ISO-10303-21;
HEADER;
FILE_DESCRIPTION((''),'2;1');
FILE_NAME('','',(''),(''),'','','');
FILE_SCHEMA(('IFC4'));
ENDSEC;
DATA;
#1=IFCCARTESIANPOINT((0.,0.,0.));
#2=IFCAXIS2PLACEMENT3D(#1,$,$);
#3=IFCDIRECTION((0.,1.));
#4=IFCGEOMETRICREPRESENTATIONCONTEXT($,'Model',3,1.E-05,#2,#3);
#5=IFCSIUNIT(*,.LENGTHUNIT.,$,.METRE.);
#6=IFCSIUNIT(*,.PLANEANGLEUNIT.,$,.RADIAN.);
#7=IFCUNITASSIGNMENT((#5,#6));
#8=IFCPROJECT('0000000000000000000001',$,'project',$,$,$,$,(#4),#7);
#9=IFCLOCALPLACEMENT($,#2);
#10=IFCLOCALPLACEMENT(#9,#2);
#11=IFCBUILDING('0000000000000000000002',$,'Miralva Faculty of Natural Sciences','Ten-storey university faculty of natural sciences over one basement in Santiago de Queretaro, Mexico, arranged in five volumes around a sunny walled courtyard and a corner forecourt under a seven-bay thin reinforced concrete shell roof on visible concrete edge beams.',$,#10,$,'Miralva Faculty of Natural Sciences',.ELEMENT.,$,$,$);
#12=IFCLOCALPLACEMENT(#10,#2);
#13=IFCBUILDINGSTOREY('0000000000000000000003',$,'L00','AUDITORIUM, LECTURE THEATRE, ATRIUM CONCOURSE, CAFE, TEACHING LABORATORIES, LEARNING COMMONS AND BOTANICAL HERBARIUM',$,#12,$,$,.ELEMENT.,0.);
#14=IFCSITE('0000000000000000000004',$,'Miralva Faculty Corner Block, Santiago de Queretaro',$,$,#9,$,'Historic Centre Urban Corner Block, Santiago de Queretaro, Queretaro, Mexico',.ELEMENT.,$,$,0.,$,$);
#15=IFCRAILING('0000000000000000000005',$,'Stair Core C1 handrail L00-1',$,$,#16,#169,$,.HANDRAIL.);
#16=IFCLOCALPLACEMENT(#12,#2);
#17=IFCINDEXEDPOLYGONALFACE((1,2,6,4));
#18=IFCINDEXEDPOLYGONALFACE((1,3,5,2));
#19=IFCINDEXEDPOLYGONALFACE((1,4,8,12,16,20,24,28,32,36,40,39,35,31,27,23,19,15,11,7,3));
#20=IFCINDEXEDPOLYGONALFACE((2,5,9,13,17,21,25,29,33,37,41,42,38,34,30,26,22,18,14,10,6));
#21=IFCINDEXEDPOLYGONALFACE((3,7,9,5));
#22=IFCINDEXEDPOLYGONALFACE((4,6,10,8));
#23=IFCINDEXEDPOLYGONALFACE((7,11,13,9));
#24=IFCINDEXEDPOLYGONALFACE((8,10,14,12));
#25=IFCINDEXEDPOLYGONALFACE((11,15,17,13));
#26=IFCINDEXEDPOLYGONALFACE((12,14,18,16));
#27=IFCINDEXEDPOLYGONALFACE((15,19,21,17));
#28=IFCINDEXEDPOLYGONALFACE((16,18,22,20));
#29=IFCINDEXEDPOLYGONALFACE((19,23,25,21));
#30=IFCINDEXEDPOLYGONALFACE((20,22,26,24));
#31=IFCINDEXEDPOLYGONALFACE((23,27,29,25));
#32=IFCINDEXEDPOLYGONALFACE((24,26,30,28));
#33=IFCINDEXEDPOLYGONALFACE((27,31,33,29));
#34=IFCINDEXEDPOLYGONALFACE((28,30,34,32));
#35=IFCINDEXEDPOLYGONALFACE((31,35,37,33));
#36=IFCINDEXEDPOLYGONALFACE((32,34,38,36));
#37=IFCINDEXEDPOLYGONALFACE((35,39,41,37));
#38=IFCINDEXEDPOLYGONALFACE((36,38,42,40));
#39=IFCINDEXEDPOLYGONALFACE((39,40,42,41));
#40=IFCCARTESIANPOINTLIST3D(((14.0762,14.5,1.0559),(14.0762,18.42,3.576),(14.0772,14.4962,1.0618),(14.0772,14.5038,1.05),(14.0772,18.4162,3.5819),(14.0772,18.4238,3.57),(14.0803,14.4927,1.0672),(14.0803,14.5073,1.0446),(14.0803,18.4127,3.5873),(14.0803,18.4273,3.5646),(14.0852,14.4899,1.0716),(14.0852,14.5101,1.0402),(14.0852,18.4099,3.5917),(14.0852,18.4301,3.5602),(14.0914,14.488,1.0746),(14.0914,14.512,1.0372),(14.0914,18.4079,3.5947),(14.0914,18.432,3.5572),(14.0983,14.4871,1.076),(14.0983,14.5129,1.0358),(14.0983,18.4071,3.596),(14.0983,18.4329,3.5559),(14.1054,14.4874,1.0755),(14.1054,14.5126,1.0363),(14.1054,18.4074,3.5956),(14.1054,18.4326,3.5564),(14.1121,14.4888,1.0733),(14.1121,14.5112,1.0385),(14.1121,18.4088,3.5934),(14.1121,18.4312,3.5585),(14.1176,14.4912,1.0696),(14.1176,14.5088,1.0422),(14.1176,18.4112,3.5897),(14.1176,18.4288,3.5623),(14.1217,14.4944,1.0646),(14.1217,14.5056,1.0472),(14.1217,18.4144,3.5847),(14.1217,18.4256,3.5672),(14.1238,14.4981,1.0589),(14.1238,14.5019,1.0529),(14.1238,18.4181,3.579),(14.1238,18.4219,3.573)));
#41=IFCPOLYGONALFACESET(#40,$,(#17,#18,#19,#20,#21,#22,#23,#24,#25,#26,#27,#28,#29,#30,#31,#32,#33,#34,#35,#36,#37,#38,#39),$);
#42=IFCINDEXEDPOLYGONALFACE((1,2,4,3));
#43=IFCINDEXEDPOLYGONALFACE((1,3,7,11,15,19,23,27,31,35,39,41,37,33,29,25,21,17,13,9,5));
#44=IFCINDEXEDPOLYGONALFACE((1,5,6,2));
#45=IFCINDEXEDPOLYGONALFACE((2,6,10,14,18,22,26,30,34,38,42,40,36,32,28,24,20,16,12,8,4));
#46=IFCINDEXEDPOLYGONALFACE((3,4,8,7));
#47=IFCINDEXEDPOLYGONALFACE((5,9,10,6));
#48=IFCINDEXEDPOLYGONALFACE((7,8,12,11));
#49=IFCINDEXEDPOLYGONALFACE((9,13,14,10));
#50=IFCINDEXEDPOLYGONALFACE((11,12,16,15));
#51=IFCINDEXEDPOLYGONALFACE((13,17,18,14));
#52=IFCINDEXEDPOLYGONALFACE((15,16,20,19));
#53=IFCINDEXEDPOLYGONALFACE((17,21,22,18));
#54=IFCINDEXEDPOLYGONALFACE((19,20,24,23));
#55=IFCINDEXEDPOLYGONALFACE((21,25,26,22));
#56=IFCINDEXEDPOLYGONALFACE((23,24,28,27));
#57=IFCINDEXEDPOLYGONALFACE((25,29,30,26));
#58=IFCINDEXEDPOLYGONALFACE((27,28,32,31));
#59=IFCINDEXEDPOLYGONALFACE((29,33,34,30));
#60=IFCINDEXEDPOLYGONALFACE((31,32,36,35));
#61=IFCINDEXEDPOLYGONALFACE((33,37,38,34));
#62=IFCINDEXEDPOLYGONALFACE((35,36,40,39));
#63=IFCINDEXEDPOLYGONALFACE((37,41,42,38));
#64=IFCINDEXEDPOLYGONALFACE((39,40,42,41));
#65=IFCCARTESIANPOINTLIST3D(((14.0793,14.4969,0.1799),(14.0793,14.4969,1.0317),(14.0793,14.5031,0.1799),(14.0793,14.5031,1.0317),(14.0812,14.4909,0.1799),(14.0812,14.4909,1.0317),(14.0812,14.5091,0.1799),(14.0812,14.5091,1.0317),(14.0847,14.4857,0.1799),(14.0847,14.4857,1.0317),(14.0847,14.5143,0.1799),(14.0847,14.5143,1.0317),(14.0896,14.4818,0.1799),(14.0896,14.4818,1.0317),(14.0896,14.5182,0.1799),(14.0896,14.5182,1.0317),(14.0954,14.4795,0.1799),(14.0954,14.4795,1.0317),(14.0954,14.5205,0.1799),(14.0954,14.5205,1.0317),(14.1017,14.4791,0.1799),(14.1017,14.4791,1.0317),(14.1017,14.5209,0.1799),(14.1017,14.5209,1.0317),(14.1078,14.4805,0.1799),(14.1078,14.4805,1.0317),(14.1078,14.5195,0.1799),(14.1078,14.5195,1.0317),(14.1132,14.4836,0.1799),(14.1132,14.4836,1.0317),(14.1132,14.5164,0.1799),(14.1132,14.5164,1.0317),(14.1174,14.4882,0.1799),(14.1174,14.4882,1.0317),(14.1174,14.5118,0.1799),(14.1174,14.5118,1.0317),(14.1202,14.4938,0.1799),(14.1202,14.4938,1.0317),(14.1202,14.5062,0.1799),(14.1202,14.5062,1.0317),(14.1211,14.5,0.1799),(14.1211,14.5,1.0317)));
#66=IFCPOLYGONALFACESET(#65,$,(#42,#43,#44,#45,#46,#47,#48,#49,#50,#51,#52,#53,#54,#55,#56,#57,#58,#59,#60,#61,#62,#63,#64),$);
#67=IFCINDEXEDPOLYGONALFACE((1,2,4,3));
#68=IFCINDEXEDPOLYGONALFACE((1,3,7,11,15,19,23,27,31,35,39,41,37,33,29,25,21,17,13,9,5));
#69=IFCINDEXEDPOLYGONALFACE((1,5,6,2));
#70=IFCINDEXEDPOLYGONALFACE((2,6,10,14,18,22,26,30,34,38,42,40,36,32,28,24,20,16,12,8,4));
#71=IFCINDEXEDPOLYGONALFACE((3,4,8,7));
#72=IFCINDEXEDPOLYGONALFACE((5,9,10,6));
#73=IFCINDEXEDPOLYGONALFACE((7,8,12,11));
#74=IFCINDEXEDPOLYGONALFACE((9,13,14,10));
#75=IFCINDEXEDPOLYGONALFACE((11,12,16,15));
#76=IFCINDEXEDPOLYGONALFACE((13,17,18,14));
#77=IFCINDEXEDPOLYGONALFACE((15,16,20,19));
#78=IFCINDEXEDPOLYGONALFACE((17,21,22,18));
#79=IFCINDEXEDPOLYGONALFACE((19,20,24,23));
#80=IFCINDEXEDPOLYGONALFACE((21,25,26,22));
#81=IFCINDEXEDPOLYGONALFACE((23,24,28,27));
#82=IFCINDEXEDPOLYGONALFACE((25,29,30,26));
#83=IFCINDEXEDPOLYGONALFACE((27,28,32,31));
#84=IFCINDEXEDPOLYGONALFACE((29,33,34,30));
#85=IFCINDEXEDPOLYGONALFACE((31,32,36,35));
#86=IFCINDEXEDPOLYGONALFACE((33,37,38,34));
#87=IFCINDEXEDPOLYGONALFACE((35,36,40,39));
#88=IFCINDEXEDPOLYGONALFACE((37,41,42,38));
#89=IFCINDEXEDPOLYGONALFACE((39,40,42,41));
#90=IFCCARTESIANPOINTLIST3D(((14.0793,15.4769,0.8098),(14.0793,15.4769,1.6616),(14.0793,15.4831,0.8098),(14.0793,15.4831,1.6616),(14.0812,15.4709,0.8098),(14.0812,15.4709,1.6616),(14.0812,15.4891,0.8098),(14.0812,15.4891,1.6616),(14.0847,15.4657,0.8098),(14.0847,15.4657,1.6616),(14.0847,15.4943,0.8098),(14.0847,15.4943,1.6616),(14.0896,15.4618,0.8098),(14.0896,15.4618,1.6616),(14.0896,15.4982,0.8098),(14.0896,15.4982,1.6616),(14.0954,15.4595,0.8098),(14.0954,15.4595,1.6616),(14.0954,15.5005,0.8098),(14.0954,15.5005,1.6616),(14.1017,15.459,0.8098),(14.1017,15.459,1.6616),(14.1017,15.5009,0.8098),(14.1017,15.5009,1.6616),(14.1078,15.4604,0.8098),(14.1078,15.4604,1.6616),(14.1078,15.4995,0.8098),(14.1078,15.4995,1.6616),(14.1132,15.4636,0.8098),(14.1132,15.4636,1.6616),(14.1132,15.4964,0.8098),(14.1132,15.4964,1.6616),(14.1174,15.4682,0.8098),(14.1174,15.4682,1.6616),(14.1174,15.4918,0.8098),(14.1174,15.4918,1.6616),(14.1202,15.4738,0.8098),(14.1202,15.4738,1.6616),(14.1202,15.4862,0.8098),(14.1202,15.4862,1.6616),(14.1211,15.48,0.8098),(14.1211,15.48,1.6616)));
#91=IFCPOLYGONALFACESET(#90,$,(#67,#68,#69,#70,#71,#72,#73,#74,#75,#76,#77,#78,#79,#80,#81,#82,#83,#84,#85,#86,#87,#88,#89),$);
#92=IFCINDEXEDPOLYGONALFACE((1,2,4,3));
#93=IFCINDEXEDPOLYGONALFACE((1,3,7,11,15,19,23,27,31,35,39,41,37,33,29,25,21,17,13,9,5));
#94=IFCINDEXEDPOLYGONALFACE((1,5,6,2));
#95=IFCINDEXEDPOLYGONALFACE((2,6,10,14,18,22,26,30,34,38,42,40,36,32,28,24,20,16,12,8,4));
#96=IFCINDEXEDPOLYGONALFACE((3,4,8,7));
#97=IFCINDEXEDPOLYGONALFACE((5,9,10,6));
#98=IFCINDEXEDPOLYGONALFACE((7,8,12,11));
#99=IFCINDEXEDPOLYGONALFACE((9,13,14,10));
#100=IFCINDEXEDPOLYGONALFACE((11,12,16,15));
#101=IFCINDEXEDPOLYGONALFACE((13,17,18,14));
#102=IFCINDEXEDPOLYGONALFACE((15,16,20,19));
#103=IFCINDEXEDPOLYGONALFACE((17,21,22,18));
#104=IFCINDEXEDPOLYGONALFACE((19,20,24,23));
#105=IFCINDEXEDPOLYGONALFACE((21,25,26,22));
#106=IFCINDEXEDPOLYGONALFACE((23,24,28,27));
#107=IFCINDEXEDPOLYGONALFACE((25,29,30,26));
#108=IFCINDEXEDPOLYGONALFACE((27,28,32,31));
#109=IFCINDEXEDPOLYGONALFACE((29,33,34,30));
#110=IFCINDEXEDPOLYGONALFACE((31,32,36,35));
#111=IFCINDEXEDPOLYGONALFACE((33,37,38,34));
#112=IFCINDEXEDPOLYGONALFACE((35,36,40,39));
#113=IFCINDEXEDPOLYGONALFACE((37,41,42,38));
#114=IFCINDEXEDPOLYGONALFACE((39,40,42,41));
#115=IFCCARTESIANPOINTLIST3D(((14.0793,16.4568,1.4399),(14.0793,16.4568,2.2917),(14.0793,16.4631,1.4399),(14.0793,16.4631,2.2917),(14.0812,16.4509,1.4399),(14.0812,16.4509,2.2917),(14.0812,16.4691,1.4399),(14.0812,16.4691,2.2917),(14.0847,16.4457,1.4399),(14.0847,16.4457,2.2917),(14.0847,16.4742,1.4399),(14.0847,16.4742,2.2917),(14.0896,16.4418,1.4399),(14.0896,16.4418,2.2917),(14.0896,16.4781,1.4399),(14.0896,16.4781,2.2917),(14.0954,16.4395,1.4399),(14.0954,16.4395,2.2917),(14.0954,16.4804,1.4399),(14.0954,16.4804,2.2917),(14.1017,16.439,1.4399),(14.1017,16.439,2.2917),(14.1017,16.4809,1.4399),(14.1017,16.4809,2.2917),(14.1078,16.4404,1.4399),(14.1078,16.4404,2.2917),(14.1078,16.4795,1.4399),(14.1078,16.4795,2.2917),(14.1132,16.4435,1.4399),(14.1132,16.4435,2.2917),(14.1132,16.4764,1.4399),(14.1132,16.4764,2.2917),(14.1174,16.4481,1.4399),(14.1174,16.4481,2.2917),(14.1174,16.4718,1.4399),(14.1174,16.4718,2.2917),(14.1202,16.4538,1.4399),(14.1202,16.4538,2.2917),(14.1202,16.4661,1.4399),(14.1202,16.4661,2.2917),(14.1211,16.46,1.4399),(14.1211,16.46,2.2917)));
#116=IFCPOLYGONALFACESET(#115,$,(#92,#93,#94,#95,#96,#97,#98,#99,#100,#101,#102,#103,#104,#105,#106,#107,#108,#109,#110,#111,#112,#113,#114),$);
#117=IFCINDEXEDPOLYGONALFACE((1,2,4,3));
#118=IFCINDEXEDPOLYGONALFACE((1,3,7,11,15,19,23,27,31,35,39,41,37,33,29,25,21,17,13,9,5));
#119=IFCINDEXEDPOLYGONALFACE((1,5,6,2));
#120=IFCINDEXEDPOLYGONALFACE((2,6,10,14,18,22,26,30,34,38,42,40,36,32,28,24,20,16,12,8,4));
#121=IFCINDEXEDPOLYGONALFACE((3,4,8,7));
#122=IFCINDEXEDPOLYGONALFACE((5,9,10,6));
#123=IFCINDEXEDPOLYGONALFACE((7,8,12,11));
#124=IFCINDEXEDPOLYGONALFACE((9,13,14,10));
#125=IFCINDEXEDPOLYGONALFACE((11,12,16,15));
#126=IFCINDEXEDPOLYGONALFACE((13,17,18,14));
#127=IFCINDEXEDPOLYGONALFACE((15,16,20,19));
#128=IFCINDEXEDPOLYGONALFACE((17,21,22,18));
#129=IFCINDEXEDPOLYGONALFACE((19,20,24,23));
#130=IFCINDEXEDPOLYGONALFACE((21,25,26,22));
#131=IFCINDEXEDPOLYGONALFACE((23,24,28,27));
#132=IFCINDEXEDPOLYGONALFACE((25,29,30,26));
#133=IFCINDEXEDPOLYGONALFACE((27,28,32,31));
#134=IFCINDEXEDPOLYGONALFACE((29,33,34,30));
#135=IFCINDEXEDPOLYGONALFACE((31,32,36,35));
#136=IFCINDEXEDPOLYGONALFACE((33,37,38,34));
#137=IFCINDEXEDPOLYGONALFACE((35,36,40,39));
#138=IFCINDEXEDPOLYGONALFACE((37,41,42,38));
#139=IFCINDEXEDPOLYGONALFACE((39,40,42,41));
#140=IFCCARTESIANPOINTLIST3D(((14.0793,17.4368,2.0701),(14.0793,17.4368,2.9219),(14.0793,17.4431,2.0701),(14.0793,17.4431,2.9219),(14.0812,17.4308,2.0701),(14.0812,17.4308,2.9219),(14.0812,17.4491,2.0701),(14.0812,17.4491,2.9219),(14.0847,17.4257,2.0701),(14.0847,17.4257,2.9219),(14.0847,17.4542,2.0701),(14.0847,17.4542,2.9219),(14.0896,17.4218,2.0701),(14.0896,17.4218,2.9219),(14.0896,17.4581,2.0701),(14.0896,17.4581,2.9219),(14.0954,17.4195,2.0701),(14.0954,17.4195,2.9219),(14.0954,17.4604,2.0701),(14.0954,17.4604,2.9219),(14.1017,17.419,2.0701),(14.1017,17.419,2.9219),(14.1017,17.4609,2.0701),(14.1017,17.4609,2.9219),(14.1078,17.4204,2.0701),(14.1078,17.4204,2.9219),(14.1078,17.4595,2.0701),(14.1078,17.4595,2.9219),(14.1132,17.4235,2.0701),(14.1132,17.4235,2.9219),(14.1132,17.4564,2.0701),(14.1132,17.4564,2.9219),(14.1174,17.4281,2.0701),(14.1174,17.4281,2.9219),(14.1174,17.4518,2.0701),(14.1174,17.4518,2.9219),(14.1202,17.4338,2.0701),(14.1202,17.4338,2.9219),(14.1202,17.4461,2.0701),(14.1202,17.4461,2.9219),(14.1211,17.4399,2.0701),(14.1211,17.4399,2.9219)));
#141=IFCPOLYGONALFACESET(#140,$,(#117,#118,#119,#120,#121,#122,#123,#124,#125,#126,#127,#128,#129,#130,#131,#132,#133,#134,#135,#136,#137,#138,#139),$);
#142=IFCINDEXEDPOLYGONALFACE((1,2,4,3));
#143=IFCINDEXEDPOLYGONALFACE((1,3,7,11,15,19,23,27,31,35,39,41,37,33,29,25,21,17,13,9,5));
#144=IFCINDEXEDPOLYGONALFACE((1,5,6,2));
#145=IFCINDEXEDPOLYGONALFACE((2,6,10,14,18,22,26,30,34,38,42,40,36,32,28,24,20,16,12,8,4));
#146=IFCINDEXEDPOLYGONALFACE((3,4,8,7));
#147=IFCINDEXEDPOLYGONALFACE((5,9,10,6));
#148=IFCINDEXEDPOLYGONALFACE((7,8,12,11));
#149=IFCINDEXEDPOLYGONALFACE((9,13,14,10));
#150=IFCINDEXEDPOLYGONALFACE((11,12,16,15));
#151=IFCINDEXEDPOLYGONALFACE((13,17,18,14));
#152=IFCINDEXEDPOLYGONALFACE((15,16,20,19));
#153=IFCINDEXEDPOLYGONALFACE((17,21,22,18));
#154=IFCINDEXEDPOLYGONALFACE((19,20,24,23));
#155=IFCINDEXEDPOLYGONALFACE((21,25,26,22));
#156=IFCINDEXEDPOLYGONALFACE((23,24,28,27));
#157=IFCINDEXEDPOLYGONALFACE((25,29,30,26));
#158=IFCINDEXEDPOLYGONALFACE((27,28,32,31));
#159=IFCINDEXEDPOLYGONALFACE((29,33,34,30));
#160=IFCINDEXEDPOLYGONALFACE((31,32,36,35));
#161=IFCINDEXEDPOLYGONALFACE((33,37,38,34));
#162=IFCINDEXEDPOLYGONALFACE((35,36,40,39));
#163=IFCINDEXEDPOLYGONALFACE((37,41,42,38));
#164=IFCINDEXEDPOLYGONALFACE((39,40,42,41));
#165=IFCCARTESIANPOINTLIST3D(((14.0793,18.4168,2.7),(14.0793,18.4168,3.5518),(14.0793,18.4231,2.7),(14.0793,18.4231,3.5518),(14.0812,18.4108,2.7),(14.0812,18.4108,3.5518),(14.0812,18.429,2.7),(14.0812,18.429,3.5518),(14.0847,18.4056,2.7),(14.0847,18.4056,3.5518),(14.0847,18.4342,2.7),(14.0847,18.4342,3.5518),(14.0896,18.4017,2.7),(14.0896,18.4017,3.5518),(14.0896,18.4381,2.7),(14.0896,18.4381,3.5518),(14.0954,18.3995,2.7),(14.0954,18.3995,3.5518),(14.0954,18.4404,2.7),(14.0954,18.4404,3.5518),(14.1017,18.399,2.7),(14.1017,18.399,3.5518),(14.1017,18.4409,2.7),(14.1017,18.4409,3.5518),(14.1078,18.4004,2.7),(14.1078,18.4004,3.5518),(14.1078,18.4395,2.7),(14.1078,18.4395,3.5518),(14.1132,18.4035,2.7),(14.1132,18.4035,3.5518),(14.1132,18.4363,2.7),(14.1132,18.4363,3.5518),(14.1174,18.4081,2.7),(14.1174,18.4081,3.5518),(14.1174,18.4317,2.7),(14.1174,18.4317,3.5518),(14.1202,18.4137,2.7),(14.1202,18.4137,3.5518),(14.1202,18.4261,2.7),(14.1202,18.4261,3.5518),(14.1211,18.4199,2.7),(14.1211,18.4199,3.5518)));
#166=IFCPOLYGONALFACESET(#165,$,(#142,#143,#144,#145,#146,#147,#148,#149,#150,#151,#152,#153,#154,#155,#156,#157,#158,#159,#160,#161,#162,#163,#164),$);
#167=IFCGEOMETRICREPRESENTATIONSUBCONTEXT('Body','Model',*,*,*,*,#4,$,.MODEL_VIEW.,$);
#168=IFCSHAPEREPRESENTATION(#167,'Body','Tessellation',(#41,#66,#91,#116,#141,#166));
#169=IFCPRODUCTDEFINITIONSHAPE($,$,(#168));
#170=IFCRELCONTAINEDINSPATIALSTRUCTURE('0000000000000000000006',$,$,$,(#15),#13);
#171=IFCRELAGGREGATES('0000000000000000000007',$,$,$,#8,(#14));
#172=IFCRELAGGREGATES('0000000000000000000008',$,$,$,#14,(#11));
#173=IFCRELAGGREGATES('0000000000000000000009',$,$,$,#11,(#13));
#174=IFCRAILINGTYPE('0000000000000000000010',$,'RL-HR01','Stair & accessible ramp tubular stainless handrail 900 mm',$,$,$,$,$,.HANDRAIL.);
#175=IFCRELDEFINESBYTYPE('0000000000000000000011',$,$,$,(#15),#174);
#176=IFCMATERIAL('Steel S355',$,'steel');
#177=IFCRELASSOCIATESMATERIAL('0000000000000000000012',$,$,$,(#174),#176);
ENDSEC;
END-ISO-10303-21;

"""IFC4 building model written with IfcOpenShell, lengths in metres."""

from ifc_helpers import new_model, si_unit, direction, frame, origin, origin_2d, place, context, subcontext, project, spatial, circle, extrude, material, type_object, element, save


model = new_model("IFC4")

# Units and contexts
model_context = context("Model", 3, precision=1e-05, world=origin(), true_north=direction((0.0, 1.0)))
body_context = subcontext(model_context, "Body", "Model", "MODEL_VIEW")
ifc_project = project(units=[si_unit("LENGTHUNIT", "METRE"), si_unit("PLANEANGLEUNIT", "RADIAN")], contexts=[model_context])

# Site, building, storey
site_placement = place(None, origin())
site = spatial("IfcSite", under=ifc_project, at=site_placement, Name="Miralva Faculty Corner Block, Santiago de Queretaro", LongName="Historic Centre Urban Corner Block, Santiago de Queretaro, Queretaro, Mexico", CompositionType="ELEMENT", RefElevation=0.0)
building_placement = place(site_placement, origin())
building = spatial("IfcBuilding", under=site, at=building_placement, Name="Miralva Faculty of Natural Sciences", Description="Ten-storey university faculty of natural sciences over one basement in Santiago de Queretaro, Mexico, arranged in five volumes around a sunny walled courtyard and a corner forecourt under a seven-bay thin reinforced concrete shell roof on visible concrete edge beams.", LongName="Miralva Faculty of Natural Sciences", CompositionType="ELEMENT")
storey_placement = place(building_placement, origin())
storey = spatial("IfcBuildingStorey", under=building, at=storey_placement, Name="L00", Description="AUDITORIUM, LECTURE THEATRE, ATRIUM CONCOURSE, CAFE, TEACHING LABORATORIES, LEARNING COMMONS AND BOTANICAL HERBARIUM", CompositionType="ELEMENT", Elevation=0.0)

# Railing
ifc_material_1 = material(Name="Steel S355", Category="steel")
railing_type_1 = type_object("IfcRailingType", Name="RL-HR01", Description="Stair & accessible ramp tubular stainless handrail 900 mm", PredefinedType="HANDRAIL", material=ifc_material_1)
railing_1_placement = place(storey_placement, frame((14.1001, 14.5, 0.1799)))
element("IfcRailing", 1, at=railing_1_placement, inside=storey, type_object=railing_type_1, Name="Stair Core C1 handrail L00-1", PredefinedType="HANDRAIL", context=body_context, shape_type="SweptSolid", body=[
    extrude(circle(Radius=0.0239, at=origin_2d()), frame((0.0, 0.0, 0.876), z_axis=(0.0, 0.841172, 0.540768), x_axis=(-1.0, 0.0, 0.0)), (0.0, 0.0, 1.0), 4.6602),
    extrude(circle(Radius=0.021, at=origin_2d()), origin(), (0.0, 0.0, 1.0), 0.8518),
    extrude(circle(Radius=0.021, at=origin_2d()), frame((0.0, 0.98, 0.6299)), (0.0, 0.0, 1.0), 0.8518),
    extrude(circle(Radius=0.021, at=origin_2d()), frame((0.0, 1.96, 1.26)), (0.0, 0.0, 1.0), 0.8518),
    extrude(circle(Radius=0.021, at=origin_2d()), frame((0.0, 2.9399, 1.8901)), (0.0, 0.0, 1.0), 0.8518),
    extrude(circle(Radius=0.021, at=origin_2d()), frame((0.0, 3.9199, 2.52)), (0.0, 0.0, 1.0), 0.8518),
])

save(model, "model.ifc")
